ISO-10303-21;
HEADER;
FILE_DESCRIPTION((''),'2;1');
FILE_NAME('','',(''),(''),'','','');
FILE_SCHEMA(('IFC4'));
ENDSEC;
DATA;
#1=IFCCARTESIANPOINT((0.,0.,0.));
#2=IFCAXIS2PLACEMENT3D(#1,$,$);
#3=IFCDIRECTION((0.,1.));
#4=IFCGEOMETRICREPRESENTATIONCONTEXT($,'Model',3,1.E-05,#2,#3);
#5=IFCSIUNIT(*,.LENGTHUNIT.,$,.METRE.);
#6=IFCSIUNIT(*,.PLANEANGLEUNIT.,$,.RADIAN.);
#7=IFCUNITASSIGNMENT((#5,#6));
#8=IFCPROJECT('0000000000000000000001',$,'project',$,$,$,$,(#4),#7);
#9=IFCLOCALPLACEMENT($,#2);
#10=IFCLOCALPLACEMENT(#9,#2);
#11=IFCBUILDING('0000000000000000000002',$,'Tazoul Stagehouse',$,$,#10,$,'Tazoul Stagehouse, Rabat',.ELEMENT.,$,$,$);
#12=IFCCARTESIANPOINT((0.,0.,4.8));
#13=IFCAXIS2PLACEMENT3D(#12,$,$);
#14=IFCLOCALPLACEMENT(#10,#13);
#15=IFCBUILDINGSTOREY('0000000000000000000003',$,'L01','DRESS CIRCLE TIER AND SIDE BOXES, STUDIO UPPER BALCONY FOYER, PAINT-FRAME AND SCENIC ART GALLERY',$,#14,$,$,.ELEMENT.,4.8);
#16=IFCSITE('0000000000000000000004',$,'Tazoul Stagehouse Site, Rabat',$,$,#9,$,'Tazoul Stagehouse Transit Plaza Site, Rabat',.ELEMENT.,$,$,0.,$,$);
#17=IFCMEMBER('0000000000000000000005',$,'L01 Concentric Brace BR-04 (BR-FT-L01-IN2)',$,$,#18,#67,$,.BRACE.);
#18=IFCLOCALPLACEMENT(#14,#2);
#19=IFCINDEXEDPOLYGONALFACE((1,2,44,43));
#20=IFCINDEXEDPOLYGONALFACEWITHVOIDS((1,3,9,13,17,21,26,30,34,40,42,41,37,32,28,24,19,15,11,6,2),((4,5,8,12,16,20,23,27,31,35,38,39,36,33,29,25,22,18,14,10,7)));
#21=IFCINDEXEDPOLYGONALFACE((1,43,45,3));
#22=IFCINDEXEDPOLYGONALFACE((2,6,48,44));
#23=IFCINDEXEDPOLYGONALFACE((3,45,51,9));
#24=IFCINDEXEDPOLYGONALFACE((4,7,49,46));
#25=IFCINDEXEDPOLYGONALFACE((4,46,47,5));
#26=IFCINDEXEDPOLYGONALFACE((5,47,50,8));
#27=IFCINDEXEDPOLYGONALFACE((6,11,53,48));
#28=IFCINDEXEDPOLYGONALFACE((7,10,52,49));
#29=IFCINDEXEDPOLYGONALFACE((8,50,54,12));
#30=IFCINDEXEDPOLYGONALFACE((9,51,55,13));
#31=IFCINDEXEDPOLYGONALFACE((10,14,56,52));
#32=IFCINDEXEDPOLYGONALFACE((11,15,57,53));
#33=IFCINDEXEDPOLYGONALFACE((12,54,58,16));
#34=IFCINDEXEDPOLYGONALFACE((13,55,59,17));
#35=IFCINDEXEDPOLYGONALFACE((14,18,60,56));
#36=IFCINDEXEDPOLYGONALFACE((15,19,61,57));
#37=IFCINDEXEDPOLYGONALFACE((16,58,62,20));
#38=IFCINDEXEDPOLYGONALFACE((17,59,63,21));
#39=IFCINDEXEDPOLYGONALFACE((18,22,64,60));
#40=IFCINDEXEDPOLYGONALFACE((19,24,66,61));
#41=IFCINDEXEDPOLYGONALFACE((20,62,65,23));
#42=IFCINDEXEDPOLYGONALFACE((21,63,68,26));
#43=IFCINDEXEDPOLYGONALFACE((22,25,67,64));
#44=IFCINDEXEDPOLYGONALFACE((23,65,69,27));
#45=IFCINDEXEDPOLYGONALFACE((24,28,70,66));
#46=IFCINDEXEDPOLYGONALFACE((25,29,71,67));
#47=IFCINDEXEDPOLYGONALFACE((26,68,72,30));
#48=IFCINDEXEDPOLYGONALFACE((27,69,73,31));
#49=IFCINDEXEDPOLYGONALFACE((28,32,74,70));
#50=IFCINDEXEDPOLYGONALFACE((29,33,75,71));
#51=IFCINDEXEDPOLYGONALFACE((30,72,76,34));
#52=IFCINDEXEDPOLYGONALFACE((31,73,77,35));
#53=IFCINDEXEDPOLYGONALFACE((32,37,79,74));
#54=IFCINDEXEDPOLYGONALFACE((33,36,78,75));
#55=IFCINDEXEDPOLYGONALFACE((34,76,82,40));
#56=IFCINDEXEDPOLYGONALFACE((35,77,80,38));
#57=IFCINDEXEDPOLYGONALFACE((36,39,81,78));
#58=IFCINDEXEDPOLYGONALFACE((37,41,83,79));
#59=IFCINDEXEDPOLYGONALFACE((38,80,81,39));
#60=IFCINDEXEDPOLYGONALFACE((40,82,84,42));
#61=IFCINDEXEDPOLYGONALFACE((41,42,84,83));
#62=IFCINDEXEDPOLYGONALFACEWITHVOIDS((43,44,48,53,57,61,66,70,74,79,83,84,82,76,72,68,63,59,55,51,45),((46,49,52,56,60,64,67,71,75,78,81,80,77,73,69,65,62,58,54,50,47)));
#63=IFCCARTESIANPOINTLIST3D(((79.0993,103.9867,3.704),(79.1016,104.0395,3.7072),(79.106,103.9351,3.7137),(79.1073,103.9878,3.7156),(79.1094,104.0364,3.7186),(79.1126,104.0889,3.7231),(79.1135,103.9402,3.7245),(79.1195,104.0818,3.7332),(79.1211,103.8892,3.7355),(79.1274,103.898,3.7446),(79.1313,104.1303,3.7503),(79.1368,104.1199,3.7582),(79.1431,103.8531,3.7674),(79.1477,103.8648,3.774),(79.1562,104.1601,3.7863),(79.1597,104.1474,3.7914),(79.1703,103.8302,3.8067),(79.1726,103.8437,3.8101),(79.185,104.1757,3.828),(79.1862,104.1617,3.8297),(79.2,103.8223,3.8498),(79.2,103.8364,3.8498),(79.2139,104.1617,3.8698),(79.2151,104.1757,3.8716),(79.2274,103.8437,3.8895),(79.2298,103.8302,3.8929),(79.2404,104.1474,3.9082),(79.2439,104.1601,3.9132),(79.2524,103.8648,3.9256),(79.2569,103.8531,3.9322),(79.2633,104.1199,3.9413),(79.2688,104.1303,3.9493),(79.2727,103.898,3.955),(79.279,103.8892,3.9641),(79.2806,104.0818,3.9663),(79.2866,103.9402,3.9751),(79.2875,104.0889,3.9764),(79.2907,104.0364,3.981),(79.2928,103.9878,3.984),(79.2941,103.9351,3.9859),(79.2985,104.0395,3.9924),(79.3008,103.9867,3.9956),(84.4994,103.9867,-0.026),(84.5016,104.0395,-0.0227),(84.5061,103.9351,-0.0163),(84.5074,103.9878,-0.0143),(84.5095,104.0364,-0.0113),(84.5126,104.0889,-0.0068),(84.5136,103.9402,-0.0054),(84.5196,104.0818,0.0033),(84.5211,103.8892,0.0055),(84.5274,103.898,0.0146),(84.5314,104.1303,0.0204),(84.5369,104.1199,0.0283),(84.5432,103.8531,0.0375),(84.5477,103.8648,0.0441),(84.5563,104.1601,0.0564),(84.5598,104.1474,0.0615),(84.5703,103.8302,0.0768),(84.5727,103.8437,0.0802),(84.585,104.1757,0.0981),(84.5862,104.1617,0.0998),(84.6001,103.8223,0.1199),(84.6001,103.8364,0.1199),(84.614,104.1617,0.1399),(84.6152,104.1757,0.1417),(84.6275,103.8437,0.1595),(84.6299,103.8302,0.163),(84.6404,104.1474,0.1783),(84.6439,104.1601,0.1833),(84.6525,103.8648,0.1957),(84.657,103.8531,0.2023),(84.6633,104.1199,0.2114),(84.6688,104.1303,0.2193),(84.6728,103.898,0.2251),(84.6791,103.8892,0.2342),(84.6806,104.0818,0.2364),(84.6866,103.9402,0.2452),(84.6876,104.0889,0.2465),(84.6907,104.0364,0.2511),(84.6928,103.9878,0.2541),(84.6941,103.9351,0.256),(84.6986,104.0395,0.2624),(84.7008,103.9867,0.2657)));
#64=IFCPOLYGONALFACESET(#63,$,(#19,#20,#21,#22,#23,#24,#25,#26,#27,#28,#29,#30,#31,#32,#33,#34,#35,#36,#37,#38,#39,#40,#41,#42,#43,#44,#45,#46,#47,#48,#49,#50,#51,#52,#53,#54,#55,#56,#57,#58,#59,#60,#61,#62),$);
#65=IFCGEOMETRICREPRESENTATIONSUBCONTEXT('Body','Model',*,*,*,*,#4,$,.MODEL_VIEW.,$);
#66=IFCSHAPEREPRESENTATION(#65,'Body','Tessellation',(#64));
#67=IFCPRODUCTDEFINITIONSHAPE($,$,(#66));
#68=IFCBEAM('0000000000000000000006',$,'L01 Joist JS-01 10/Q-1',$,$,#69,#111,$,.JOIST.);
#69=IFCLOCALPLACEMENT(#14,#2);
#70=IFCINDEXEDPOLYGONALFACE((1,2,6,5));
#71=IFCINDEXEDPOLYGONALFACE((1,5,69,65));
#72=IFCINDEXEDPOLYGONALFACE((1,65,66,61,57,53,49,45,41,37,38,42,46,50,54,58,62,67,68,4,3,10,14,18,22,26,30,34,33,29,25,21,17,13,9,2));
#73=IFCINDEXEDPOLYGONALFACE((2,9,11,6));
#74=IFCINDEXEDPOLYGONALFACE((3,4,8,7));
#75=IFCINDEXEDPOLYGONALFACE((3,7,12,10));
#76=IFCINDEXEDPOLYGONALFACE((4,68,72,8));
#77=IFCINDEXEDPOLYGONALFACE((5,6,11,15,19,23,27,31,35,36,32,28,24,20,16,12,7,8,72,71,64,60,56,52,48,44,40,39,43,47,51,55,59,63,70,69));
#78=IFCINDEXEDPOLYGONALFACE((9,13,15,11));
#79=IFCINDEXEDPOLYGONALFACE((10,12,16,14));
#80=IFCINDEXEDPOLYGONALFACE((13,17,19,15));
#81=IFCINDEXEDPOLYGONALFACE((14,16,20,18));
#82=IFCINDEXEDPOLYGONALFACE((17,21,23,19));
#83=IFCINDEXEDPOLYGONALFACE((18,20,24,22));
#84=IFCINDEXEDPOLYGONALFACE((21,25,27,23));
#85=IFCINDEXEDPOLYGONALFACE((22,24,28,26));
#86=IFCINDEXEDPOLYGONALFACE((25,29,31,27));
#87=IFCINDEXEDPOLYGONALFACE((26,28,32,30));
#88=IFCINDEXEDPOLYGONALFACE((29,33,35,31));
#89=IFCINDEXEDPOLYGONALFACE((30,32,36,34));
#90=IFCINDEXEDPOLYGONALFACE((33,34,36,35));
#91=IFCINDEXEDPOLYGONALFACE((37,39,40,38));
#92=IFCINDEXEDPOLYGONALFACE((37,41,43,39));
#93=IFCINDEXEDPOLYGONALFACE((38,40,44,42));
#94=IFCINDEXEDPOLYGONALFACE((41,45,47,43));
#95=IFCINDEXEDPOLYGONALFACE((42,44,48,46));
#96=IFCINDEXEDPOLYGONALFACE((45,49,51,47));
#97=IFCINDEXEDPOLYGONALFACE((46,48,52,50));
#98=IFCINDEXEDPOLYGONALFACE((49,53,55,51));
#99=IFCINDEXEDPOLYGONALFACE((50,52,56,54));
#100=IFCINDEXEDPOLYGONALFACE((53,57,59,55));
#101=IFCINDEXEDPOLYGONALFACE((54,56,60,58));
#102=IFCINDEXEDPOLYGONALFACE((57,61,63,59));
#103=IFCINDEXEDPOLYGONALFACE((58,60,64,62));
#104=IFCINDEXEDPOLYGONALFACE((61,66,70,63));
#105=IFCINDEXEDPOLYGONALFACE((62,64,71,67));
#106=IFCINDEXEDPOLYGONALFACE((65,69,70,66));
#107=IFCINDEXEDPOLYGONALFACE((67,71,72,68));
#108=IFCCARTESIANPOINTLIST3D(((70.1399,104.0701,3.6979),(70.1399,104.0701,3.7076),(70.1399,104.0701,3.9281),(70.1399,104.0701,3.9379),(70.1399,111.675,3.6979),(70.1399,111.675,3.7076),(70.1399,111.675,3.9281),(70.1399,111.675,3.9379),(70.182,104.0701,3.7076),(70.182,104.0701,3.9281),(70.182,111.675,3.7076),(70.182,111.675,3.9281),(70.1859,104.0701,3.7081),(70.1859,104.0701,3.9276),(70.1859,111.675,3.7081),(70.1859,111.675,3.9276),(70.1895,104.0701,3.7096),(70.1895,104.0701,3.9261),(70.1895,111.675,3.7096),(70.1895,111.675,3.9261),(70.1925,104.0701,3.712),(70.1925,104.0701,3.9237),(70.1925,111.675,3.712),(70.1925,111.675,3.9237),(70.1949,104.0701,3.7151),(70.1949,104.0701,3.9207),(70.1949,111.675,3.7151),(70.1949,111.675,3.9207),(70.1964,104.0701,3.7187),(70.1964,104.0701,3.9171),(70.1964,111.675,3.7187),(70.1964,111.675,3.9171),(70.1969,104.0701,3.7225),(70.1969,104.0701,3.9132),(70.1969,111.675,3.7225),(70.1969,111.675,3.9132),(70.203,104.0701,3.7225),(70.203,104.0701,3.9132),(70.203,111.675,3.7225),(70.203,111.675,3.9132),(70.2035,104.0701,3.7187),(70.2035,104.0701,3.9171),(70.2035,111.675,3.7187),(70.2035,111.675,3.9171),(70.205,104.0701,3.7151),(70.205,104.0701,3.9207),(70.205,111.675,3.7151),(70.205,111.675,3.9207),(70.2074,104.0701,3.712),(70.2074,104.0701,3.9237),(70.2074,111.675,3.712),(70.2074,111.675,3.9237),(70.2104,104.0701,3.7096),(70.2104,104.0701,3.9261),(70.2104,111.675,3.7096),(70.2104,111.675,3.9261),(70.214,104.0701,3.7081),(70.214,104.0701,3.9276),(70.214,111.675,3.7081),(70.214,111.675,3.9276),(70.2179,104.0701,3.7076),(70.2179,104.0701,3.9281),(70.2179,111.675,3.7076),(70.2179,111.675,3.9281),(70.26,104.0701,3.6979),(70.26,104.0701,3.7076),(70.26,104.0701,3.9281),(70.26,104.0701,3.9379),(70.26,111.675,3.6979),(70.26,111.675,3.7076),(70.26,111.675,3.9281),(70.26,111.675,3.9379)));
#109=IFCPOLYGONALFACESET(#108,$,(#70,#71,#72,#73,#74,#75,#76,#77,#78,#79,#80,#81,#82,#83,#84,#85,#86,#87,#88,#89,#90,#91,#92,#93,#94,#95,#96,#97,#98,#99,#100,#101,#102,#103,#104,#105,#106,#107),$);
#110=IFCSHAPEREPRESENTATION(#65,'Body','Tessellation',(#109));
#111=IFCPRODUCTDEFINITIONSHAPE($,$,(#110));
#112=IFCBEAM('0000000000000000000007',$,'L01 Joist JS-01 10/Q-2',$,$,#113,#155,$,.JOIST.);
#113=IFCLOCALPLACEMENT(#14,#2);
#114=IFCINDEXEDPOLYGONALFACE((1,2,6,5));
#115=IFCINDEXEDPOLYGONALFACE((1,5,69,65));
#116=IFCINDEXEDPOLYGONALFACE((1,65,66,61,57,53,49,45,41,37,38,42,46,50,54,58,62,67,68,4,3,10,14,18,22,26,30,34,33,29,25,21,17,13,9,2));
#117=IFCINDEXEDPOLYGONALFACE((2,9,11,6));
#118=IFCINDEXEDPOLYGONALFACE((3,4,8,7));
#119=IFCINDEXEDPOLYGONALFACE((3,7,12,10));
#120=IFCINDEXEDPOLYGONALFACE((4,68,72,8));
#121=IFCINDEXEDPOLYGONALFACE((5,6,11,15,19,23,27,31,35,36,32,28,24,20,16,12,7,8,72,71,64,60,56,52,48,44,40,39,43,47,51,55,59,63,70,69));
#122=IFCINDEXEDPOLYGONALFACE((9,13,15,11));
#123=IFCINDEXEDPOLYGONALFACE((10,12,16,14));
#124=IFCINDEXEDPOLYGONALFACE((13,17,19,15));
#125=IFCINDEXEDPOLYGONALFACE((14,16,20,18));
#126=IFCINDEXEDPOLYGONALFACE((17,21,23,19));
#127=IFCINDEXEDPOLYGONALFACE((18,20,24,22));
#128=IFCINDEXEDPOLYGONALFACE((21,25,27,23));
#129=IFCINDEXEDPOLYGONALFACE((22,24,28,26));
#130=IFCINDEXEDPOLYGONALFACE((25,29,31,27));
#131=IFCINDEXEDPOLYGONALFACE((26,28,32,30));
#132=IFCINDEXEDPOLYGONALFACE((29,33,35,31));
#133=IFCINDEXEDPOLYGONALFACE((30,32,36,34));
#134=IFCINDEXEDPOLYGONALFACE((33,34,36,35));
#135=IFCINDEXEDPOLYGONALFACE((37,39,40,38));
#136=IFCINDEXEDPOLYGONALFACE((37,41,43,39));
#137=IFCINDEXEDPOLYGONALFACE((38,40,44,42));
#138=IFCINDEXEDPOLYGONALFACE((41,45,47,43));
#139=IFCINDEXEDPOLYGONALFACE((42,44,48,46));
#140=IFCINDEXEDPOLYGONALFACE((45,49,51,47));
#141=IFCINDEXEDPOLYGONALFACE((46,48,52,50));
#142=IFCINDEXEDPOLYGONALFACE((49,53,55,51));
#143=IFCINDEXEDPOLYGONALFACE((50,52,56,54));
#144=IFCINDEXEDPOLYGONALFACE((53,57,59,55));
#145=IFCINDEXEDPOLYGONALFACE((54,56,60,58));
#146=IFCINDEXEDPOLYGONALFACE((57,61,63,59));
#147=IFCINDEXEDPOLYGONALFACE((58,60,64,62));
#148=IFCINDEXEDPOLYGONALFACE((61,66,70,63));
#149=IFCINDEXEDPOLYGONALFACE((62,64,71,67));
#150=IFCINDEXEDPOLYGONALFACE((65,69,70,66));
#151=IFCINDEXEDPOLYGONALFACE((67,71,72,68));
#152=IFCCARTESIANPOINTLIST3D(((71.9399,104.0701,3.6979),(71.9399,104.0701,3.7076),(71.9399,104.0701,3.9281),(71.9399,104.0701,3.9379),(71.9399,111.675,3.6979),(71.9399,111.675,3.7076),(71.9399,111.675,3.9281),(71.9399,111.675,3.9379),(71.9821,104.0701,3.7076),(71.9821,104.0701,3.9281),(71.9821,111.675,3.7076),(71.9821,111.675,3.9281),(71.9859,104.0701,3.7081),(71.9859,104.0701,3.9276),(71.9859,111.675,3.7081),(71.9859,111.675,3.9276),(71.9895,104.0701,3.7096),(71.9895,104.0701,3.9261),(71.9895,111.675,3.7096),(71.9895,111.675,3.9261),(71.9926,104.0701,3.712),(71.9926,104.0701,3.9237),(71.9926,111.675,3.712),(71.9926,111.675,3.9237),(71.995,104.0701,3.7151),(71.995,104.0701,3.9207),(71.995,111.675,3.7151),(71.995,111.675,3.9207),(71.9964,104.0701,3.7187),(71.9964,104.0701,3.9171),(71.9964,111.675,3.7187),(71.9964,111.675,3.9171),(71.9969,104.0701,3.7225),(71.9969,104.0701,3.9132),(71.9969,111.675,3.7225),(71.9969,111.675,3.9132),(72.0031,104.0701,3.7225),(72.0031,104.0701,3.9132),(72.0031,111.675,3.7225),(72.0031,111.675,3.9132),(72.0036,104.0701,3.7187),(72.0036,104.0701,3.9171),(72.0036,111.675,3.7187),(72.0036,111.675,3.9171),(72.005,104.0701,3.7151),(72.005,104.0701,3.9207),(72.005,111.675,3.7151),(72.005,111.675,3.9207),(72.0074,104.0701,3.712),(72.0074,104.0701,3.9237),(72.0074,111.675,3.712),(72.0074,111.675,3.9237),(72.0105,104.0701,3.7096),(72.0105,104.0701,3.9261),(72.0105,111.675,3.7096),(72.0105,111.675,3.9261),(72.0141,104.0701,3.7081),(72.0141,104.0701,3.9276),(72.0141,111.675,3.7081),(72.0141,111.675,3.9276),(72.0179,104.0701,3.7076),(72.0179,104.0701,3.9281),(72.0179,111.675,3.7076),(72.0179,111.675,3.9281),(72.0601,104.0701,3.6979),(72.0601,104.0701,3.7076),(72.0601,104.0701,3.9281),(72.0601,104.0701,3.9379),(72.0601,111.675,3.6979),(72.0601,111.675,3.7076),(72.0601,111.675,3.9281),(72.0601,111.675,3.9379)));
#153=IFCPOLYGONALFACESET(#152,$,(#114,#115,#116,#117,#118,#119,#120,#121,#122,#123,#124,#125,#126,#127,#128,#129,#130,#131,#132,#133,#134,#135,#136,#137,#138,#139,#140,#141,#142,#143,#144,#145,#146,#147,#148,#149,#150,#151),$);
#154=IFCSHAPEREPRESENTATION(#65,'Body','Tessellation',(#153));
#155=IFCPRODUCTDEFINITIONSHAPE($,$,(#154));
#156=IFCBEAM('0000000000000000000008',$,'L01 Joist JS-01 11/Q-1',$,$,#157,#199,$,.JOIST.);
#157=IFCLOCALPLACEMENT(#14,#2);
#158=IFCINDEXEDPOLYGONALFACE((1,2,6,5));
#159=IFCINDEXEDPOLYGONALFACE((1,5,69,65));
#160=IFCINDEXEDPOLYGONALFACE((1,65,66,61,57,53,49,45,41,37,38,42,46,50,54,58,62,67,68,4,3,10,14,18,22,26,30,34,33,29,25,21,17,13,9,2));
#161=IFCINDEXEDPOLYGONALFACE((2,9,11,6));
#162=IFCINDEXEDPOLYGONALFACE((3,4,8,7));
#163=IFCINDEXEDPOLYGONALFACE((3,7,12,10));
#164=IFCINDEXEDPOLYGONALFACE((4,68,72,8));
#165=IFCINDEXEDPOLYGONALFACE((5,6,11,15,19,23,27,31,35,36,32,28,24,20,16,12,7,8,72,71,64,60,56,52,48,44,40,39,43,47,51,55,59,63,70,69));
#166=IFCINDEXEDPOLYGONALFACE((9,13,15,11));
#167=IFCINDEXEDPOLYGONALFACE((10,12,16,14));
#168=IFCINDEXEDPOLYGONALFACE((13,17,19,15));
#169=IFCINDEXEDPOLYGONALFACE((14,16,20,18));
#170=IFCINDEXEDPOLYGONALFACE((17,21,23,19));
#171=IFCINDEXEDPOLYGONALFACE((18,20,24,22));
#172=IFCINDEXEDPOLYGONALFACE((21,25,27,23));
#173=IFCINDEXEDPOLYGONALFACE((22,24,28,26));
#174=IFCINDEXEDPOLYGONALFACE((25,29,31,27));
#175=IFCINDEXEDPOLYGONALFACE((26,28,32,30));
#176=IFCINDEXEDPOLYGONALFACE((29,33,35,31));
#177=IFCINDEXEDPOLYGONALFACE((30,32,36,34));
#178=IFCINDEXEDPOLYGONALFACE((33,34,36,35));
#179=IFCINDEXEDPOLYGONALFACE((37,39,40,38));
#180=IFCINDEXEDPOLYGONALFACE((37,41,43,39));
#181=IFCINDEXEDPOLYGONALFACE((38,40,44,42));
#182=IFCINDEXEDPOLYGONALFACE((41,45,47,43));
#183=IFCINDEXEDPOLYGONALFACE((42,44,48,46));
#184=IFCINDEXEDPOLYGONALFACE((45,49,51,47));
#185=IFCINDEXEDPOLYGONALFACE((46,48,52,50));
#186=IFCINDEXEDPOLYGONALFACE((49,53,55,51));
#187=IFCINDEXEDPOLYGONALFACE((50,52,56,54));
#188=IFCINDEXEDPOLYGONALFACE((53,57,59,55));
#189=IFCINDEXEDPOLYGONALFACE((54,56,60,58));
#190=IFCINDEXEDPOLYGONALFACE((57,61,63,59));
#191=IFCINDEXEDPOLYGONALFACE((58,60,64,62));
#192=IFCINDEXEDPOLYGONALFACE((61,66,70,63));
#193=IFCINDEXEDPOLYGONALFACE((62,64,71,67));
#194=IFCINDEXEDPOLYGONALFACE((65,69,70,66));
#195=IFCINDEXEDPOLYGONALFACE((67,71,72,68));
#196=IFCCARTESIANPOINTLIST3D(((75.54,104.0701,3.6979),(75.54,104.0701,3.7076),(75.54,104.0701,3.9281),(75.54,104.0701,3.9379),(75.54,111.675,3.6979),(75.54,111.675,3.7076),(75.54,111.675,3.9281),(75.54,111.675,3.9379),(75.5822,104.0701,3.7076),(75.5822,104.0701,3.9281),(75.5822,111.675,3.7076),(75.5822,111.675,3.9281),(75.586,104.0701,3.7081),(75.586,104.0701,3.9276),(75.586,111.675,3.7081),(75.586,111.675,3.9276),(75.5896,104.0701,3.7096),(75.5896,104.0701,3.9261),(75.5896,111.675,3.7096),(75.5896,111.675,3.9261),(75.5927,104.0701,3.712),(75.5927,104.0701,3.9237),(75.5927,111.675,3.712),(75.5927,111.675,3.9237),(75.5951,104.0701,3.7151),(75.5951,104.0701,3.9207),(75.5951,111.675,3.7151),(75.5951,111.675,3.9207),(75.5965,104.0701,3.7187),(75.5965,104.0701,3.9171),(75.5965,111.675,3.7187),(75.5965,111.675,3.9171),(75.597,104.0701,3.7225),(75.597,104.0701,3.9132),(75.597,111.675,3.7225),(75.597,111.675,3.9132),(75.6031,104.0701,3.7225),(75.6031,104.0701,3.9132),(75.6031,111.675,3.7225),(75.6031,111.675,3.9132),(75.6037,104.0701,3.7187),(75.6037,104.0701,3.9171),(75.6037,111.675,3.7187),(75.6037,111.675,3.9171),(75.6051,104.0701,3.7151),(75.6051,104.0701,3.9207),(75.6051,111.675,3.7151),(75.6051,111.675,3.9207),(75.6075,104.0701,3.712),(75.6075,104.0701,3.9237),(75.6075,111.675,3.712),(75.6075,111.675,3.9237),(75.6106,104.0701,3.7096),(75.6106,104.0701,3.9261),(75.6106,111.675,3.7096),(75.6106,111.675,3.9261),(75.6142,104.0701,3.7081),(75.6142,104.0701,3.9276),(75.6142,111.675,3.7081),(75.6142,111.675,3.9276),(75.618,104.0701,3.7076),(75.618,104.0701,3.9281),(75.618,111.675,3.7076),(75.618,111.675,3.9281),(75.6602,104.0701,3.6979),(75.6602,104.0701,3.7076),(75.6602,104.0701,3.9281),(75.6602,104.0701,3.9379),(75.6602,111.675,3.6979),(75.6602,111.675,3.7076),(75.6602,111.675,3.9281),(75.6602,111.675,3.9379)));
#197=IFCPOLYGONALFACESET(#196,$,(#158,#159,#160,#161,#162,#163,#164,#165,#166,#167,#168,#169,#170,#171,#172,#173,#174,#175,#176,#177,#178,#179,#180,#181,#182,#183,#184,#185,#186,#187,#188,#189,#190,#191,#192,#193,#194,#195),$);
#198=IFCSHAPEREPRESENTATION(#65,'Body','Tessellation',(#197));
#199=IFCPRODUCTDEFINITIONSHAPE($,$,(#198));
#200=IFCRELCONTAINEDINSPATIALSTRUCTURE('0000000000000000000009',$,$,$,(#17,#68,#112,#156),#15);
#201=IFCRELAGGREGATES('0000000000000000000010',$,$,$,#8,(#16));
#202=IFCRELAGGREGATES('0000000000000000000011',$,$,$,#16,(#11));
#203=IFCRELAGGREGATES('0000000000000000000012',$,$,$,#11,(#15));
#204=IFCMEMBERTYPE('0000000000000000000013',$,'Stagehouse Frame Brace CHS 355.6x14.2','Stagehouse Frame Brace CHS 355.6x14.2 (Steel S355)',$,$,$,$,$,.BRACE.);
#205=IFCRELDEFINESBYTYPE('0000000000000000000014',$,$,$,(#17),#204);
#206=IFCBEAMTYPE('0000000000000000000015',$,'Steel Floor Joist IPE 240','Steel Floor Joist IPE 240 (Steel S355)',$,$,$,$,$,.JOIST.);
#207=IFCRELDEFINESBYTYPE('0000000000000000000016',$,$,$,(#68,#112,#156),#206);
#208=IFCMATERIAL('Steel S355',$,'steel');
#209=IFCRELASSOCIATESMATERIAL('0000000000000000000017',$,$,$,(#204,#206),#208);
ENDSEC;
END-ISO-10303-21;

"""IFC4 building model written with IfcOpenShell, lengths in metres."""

from ifc_helpers import new_model, si_unit, direction, frame, origin, origin_2d, place, context, subcontext, project, spatial, hollow_circle, i_section, extrude, material, material_profile, profile_set, type_object, element, save


model = new_model("IFC4")

# Units and contexts
model_context = context("Model", 3, precision=1e-05, world=origin(), true_north=direction((0.0, 1.0)))
body_context = subcontext(model_context, "Body", "Model", "MODEL_VIEW")
ifc_project = project(units=[si_unit("LENGTHUNIT", "METRE"), si_unit("PLANEANGLEUNIT", "RADIAN")], contexts=[model_context])

# Site, building, storey
site_placement = place(None, origin())
site = spatial("IfcSite", under=ifc_project, at=site_placement, Name="Tazoul Stagehouse Site, Rabat", LongName="Tazoul Stagehouse Transit Plaza Site, Rabat", CompositionType="ELEMENT", RefElevation=0.0)
building_placement = place(site_placement, origin())
building = spatial("IfcBuilding", under=site, at=building_placement, Name="Tazoul Stagehouse", LongName="Tazoul Stagehouse, Rabat", CompositionType="ELEMENT")
storey_placement = place(building_placement, frame((0.0, 0.0, 4.8)))
storey = spatial("IfcBuildingStorey", under=building, at=storey_placement, Name="L01", Description="DRESS CIRCLE TIER AND SIDE BOXES, STUDIO UPPER BALCONY FOYER, PAINT-FRAME AND SCENIC ART GALLERY", CompositionType="ELEMENT", Elevation=4.8)

# Shared definitions
ifc_material = material(Name="Steel S355", Category="steel")

# Member
ifc_material_profile_1 = material_profile(ifc_material, hollow_circle(Radius=0.1777, WallThickness=0.0142, at=origin_2d()), Name="CHS 355.6x14.2")
ifc_profile_set_1 = profile_set([ifc_material_profile_1], Name="Steel S355")
member_type = type_object("IfcMemberType", Name="Stagehouse Frame Brace CHS 355.6x14.2", Description="Stagehouse Frame Brace CHS 355.6x14.2 (Steel S355)", PredefinedType="BRACE", material=ifc_profile_set_1)
member_placement = place(storey_placement, frame((84.6001, 104.0, 0.1199), z_axis=(-0.822804, 0.0, 0.568326), x_axis=(0.0, -1.0, 0.0)))
element("IfcMember", 1, at=member_placement, inside=storey, type_object=member_type, Name="L01 Concentric Brace BR-04 (BR-FT-L01-IN2)", PredefinedType="BRACE", context=body_context, shape_type="SweptSolid", body=[
    extrude(hollow_circle(Radius=0.1777, WallThickness=0.0142, at=origin_2d()), origin(), (0.0, 0.0, 1.0), 6.563),
])

# Beams
ifc_material_profile_2 = material_profile(ifc_material, i_section(OverallWidth=0.1201, OverallDepth=0.24, WebThickness=0.0061, FlangeThickness=0.0098, FilletRadius=0.0149, at=origin_2d()), Name="IPE 240")
ifc_profile_set_2 = profile_set([ifc_material_profile_2], Name="Steel S355")
beam_type_1 = type_object("IfcBeamType", Name="Steel Floor Joist IPE 240", Description="Steel Floor Joist IPE 240 (Steel S355)", PredefinedType="JOIST", material=ifc_profile_set_2)
for number, where, z_axis, x_axis, name in (
    (2, (70.2, 104.0701, 3.8179), (0.0, 1.0, 0.0), (-1.0, 0.0, 0.0), "L01 Joist JS-01 10/Q-1"),
    (3, (72.0, 104.0701, 3.8179), (0.0, 1.0, 0.0), (-1.0, 0.0, 0.0), "L01 Joist JS-01 10/Q-2"),
    (4, (75.6001, 104.0701, 3.8179), (0.0, 1.0, 0.0), (-1.0, 0.0, 0.0), "L01 Joist JS-01 11/Q-1"),
):
    element("IfcBeam", number, at=place(storey_placement, frame(where, z_axis=z_axis, x_axis=x_axis)), inside=storey, type_object=beam_type_1, Name=name, PredefinedType="JOIST", context=body_context, shape_type="SweptSolid", body=[
        extrude(i_section(OverallWidth=0.1201, OverallDepth=0.24, WebThickness=0.0061, FlangeThickness=0.0098, FilletRadius=0.0149, at=origin_2d()), origin(), (0.0, 0.0, 1.0), 7.605),
    ])

save(model, "model.ifc")
